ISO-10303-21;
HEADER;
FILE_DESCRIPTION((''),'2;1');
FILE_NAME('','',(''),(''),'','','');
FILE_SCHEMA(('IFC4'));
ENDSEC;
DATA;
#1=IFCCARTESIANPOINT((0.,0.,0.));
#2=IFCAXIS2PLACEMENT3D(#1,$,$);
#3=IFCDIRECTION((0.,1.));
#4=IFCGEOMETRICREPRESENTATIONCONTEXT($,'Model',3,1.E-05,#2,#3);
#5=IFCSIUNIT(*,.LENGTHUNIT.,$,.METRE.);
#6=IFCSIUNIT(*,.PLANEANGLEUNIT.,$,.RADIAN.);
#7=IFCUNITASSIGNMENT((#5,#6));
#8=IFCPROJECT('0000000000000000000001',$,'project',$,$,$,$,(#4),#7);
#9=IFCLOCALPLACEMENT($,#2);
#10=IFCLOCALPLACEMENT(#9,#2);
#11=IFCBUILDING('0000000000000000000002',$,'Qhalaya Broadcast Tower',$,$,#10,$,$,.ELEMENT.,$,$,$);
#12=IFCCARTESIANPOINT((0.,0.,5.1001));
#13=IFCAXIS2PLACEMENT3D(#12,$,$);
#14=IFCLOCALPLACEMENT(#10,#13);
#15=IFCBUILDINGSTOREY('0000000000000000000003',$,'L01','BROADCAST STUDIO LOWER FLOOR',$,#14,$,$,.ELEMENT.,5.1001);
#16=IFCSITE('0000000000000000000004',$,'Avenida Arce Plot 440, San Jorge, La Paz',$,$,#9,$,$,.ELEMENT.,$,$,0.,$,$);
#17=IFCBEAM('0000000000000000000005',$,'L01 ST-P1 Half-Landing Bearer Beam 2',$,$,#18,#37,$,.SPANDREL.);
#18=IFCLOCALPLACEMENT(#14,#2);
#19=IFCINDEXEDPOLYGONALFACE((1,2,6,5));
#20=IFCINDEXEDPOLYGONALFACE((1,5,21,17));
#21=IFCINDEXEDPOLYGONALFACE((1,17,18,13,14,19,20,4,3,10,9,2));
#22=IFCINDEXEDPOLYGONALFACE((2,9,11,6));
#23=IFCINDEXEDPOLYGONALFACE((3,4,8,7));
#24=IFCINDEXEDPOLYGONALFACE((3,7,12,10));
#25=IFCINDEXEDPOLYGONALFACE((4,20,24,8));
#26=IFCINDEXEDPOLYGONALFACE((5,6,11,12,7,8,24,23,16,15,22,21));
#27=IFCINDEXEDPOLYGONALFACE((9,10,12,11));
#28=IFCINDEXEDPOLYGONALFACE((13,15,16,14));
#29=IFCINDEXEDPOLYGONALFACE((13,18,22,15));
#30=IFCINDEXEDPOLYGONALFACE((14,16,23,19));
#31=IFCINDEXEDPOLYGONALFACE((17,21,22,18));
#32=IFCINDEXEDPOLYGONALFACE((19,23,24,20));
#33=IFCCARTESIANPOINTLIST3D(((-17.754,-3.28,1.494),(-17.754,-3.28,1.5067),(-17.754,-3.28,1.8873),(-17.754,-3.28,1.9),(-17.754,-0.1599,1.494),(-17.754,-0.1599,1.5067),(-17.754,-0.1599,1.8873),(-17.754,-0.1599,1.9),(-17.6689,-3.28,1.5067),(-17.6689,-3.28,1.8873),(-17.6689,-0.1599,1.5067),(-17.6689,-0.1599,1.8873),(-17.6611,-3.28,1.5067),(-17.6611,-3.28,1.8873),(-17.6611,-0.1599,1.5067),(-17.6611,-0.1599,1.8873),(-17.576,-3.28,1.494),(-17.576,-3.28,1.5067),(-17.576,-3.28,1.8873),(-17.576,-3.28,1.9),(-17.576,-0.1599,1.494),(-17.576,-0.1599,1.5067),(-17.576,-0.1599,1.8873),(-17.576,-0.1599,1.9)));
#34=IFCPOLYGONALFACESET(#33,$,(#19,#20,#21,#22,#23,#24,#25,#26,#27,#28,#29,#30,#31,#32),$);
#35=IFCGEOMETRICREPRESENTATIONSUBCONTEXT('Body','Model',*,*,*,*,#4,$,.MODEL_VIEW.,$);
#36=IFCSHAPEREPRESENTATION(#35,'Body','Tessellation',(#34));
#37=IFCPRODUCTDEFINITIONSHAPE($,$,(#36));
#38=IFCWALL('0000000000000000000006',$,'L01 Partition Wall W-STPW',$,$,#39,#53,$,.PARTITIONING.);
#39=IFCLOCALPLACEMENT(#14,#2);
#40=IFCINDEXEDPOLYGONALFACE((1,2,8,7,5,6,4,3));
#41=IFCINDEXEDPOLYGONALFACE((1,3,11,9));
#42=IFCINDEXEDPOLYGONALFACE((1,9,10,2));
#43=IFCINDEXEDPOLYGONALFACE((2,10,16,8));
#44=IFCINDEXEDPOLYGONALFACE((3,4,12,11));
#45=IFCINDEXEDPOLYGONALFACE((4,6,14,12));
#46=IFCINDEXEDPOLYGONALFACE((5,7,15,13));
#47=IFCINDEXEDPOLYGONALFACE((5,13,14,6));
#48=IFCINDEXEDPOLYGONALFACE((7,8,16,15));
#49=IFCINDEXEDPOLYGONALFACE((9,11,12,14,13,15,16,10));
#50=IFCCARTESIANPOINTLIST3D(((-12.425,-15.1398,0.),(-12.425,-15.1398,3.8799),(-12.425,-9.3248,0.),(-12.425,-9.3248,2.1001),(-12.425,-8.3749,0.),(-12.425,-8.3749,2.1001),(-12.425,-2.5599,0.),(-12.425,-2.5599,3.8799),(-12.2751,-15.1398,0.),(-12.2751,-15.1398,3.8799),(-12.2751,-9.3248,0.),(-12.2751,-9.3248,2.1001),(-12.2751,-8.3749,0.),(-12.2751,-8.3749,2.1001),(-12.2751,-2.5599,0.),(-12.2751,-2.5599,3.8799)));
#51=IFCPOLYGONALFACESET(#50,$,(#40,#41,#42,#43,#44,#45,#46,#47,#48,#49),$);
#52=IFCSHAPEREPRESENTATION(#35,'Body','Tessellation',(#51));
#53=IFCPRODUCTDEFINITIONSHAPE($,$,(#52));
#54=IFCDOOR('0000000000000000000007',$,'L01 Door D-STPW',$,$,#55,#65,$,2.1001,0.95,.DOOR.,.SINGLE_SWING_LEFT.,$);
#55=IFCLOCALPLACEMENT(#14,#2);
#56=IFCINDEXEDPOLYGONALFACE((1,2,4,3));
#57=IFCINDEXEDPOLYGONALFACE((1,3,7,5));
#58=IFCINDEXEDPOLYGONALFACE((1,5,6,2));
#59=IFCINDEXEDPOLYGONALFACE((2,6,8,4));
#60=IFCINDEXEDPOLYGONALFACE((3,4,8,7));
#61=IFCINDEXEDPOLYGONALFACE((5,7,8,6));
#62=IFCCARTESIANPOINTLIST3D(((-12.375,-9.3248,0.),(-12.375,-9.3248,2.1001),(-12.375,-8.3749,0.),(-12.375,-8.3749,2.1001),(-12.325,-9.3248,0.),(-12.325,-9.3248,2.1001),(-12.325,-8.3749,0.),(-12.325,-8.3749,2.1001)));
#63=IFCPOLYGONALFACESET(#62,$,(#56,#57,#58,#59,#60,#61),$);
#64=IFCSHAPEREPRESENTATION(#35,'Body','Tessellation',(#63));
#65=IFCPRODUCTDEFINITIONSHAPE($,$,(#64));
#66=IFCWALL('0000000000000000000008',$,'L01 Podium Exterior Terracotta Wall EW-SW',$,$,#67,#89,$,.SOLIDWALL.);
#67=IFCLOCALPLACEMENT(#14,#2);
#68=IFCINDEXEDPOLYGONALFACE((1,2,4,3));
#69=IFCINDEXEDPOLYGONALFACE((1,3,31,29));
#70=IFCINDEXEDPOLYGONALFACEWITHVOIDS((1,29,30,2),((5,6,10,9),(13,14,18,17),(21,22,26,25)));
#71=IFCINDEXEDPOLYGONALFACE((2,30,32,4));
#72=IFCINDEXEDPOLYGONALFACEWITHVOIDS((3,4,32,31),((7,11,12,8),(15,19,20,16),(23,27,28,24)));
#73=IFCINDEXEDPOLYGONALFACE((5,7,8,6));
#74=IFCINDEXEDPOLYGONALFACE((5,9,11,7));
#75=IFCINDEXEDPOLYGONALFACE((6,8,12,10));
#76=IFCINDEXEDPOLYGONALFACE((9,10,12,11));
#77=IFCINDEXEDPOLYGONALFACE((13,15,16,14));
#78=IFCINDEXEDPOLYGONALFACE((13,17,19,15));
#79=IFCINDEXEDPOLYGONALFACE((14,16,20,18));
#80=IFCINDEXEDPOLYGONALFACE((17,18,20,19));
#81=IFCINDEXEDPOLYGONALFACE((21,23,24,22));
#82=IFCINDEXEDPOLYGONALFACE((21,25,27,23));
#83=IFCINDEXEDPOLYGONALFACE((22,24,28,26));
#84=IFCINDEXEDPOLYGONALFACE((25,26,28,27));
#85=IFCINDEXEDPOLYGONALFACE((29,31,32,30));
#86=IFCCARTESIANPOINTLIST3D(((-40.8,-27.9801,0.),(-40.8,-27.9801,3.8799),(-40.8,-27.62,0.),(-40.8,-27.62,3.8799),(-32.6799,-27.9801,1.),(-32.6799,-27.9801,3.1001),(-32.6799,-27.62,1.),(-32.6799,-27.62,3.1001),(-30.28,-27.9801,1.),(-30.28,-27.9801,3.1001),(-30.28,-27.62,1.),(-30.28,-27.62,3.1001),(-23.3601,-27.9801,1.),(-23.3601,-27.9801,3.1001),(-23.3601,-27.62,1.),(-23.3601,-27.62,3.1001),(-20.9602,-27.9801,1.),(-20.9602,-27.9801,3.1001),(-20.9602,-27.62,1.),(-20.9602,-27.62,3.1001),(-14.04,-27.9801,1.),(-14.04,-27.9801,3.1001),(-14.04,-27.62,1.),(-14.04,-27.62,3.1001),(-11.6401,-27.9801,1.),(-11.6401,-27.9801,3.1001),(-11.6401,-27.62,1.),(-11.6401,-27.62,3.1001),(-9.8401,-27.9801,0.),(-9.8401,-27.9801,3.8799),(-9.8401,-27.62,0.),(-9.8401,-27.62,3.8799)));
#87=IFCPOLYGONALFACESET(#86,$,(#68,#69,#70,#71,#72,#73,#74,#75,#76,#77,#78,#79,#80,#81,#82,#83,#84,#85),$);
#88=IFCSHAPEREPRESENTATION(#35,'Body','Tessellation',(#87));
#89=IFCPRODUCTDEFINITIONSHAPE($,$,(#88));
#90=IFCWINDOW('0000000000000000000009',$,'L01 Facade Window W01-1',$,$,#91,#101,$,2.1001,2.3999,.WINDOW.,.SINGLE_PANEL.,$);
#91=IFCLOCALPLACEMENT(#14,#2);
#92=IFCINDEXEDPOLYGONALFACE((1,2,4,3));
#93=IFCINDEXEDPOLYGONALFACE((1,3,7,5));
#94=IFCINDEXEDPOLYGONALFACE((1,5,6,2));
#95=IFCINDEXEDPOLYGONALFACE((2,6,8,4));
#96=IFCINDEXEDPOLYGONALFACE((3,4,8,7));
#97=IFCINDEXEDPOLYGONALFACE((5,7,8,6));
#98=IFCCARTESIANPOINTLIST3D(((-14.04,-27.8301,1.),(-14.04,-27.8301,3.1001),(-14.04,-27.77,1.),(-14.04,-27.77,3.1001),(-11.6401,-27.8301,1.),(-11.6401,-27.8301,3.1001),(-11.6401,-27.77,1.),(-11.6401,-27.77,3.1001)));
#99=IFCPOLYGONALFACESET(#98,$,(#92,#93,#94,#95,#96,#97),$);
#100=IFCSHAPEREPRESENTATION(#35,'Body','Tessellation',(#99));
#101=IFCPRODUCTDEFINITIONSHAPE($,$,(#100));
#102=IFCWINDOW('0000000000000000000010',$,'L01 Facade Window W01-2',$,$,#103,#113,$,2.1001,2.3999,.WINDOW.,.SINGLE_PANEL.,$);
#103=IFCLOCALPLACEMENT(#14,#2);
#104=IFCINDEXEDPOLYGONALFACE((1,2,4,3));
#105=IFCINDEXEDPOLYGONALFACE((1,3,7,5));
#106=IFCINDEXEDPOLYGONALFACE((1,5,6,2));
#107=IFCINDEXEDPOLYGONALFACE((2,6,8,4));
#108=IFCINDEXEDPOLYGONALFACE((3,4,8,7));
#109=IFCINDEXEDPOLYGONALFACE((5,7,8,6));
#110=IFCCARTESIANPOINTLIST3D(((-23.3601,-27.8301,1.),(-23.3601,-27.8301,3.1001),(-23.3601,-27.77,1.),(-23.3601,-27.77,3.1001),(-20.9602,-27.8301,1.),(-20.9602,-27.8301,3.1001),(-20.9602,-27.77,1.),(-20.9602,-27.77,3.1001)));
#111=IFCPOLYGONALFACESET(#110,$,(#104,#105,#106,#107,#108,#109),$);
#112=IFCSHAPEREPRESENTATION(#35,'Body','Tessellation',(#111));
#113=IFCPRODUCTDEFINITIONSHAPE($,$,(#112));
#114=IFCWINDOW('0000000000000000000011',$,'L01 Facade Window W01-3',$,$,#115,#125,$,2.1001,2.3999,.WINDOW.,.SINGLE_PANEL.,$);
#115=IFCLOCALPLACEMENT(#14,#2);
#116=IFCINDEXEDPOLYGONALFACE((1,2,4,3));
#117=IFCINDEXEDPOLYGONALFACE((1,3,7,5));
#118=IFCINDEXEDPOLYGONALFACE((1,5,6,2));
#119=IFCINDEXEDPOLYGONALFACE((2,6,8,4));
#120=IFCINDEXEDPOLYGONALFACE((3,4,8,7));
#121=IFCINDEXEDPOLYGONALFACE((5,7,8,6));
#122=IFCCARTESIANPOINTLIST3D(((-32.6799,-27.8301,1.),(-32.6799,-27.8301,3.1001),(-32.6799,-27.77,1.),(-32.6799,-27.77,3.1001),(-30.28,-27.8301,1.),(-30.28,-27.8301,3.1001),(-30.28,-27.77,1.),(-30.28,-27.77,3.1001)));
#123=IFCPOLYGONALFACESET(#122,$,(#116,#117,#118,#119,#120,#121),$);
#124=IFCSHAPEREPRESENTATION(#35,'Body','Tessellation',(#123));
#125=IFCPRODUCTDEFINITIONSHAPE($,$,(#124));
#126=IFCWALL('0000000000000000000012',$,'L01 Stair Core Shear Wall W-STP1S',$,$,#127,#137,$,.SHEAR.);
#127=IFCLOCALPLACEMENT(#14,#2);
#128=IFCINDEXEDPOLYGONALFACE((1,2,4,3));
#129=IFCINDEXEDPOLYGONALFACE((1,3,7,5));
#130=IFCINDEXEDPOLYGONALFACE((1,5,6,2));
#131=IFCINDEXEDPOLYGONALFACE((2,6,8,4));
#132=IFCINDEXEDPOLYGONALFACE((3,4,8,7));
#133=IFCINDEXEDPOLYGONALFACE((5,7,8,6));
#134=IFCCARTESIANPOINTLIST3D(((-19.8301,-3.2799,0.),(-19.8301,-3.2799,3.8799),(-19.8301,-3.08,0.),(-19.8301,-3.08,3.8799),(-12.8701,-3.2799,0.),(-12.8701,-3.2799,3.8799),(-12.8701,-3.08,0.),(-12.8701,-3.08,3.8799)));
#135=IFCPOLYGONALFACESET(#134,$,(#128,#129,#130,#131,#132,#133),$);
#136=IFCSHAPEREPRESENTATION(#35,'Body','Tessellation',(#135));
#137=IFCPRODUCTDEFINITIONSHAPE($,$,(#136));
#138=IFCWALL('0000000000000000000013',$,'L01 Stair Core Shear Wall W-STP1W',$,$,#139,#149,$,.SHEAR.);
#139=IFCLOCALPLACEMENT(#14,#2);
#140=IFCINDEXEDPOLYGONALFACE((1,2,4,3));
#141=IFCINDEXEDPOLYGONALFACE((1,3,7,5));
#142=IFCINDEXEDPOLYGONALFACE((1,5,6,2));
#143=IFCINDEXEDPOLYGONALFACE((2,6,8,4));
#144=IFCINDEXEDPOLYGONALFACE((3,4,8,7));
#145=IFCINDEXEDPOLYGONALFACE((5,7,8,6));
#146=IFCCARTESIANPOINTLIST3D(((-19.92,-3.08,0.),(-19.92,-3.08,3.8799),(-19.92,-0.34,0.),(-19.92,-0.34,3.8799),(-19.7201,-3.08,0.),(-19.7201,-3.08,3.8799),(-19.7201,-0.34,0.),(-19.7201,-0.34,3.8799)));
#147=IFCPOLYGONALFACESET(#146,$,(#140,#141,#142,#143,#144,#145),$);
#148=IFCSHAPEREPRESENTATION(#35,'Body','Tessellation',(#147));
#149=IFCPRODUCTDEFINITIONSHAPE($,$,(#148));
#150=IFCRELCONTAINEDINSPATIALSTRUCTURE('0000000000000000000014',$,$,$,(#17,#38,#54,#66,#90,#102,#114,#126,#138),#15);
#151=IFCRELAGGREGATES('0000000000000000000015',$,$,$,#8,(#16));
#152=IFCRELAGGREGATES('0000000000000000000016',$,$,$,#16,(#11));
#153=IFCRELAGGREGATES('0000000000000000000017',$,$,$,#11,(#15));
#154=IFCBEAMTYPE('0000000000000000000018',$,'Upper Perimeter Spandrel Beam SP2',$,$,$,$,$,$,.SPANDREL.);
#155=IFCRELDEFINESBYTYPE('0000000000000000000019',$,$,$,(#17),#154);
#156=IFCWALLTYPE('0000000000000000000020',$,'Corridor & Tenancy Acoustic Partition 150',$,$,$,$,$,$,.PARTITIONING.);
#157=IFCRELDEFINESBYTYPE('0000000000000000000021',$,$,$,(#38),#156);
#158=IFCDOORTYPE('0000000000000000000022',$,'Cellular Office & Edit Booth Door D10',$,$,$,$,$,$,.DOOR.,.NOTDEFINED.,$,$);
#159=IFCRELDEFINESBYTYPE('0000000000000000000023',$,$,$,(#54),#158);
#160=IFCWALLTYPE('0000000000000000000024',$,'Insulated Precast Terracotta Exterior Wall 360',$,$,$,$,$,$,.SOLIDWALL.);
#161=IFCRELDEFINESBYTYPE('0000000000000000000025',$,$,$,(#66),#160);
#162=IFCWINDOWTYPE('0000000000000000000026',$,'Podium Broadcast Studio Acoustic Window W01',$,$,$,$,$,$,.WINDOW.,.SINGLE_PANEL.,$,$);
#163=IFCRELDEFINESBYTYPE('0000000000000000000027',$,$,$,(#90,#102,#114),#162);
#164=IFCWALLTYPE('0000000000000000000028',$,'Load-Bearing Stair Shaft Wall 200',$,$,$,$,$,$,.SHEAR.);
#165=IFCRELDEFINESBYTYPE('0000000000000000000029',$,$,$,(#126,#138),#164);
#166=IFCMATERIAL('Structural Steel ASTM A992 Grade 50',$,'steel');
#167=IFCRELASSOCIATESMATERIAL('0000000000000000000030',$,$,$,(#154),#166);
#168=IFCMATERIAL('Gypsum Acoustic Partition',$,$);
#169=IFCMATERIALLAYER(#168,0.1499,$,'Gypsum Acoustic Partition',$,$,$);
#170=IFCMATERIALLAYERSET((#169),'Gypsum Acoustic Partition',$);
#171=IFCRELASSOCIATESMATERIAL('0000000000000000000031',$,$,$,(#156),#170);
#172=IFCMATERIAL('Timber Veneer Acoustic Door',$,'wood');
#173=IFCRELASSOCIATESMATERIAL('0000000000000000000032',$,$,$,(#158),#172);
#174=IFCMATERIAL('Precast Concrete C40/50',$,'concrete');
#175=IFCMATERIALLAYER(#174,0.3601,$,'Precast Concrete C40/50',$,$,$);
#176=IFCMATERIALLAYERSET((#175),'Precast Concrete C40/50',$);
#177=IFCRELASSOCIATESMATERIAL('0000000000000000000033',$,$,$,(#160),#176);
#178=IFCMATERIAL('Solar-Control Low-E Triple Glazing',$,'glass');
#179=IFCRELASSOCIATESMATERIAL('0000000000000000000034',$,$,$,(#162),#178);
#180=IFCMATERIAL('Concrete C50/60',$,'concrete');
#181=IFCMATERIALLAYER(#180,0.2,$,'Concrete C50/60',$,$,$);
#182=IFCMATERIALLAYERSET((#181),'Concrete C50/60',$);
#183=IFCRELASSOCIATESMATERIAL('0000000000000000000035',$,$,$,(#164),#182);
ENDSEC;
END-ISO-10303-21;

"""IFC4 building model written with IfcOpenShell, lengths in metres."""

from ifc_helpers import new_model, si_unit, direction, frame, frame_2d, origin, origin_2d, place, context, subcontext, project, spatial, rectangle, i_section, extrude, material, layer, layer_set, material_profile, profile_set, type_object, element, fill, save


model = new_model("IFC4")

# Units and contexts
model_context = context("Model", 3, precision=1e-05, world=origin(), true_north=direction((0.0, 1.0)))
body_context = subcontext(model_context, "Body", "Model", "MODEL_VIEW")
ifc_project = project(units=[si_unit("LENGTHUNIT", "METRE"), si_unit("PLANEANGLEUNIT", "RADIAN")], contexts=[model_context])

# Site, building, storey
site_placement = place(None, origin())
site = spatial("IfcSite", under=ifc_project, at=site_placement, Name="Avenida Arce Plot 440, San Jorge, La Paz", CompositionType="ELEMENT", RefElevation=0.0)
building_placement = place(site_placement, origin())
building = spatial("IfcBuilding", under=site, at=building_placement, Name="Qhalaya Broadcast Tower", CompositionType="ELEMENT")
storey_placement = place(building_placement, frame((0.0, 0.0, 5.1001)))
storey = spatial("IfcBuildingStorey", under=building, at=storey_placement, Name="L01", Description="BROADCAST STUDIO LOWER FLOOR", CompositionType="ELEMENT", Elevation=5.1001)

# Beam
ifc_material_1 = material(Name="Structural Steel ASTM A992 Grade 50", Category="steel")
ifc_material_profile_1 = material_profile(ifc_material_1, i_section(OverallWidth=0.178, OverallDepth=0.406, WebThickness=0.0078, FlangeThickness=0.0127, at=origin_2d()), Name="W16X40")
ifc_profile_set_1 = profile_set([ifc_material_profile_1], Name="Structural Steel ASTM A992 Grade 50")
beam_type_1 = type_object("IfcBeamType", Name="Upper Perimeter Spandrel Beam SP2", PredefinedType="SPANDREL", material=ifc_profile_set_1)
for number, where, z_axis, x_axis, name in (
    (1, (-17.665, -3.28, 1.697), (0.0, 1.0, 0.0), (-1.0, 0.0, 0.0), "L01 ST-P1 Half-Landing Bearer Beam 2"),
):
    element("IfcBeam", number, at=place(storey_placement, frame(where, z_axis=z_axis, x_axis=x_axis)), inside=storey, type_object=beam_type_1, Name=name, PredefinedType="SPANDREL", context=body_context, shape_type="SweptSolid", body=[
        extrude(i_section(OverallWidth=0.178, OverallDepth=0.406, WebThickness=0.0078, FlangeThickness=0.0127, at=origin_2d()), origin(), (0.0, 0.0, 1.0), 3.1201),
    ])

# Wall, opening, door
ifc_material_2 = material(Name="Gypsum Acoustic Partition")
ifc_layer_1 = layer(ifc_material_2, 0.1499, Name="Gypsum Acoustic Partition")
ifc_layer_set_1 = layer_set([ifc_layer_1], Name="Gypsum Acoustic Partition")
wall_type_1 = type_object("IfcWallType", Name="Corridor & Tenancy Acoustic Partition 150", PredefinedType="PARTITIONING", material=ifc_layer_set_1)
wall_1_placement = place(storey_placement, frame((-12.3501, -15.1399, 0.0), z_axis=(0.0, 0.0, 1.0), x_axis=(0.0, 1.0, 0.0)))
wall_1 = element("IfcWall", 2, at=wall_1_placement, inside=storey, type_object=wall_type_1, Name="L01 Partition Wall W-STPW", PredefinedType="PARTITIONING", context=body_context, shape_type="SweptSolid", body=[
    extrude(rectangle(XDim=12.5798, YDim=0.1499, at=frame_2d((6.29, 0.0))), origin(), (0.0, 0.0, 1.0), 3.8799),
])
opening_1_placement = place(wall_1_placement, frame((5.8149, 0.0, 0.0)))
opening_1 = element("IfcOpeningElement", 3, at=opening_1_placement, cuts=wall_1, PredefinedType="OPENING", context=body_context, shape_type="SweptSolid", body=[
    extrude(rectangle(XDim=0.95, YDim=2.1001, at=frame_2d((0.4751, 1.05))), frame((0.0, 0.0869, 0.0), z_axis=(0.0, -1.0, 0.0), x_axis=(1.0, 0.0, 0.0)), (0.0, 0.0, 1.0), 0.1738),
])
ifc_material_3 = material(Name="Timber Veneer Acoustic Door", Category="wood")
door_type = type_object("IfcDoorType", Name="Cellular Office & Edit Booth Door D10", OperationType="NOTDEFINED", PredefinedType="DOOR", material=ifc_material_3)
door_placement = place(opening_1_placement, origin())
door = element("IfcDoor", 4, at=door_placement, inside=storey, type_object=door_type, Name="L01 Door D-STPW", OperationType="SINGLE_SWING_LEFT", OverallHeight=2.1001, OverallWidth=0.95, PredefinedType="DOOR", context=body_context, shape_type="SweptSolid", body=[
    extrude(rectangle(XDim=0.95, YDim=2.1001, at=frame_2d((0.4751, 1.05))), frame((0.0, 0.0249, 0.0), z_axis=(0.0, -1.0, 0.0), x_axis=(1.0, 0.0, 0.0)), (0.0, 0.0, 1.0), 0.05),
])
fill(opening_1, door)

# Wall, openings, windows
ifc_material_4 = material(Name="Precast Concrete C40/50", Category="concrete")
ifc_layer_2 = layer(ifc_material_4, 0.3601, Name="Precast Concrete C40/50")
ifc_layer_set_2 = layer_set([ifc_layer_2], Name="Precast Concrete C40/50")
wall_type_2 = type_object("IfcWallType", Name="Insulated Precast Terracotta Exterior Wall 360", PredefinedType="SOLIDWALL", material=ifc_layer_set_2)
wall_2_placement = place(storey_placement, frame((-9.8401, -27.8, 0.0), z_axis=(0.0, 0.0, 1.0), x_axis=(-1.0, 0.0, 0.0)))
wall_2 = element("IfcWall", 5, at=wall_2_placement, inside=storey, type_object=wall_type_2, Name="L01 Podium Exterior Terracotta Wall EW-SW", PredefinedType="SOLIDWALL", context=body_context, shape_type="SweptSolid", body=[
    extrude(rectangle(XDim=30.96, YDim=0.3601, at=frame_2d((15.48, 0.0))), origin(), (0.0, 0.0, 1.0), 3.8799),
])
opening_2_placement = place(wall_2_placement, frame((1.8, 0.0, 1.0)))
opening_2 = element("IfcOpeningElement", 6, at=opening_2_placement, cuts=wall_2, PredefinedType="OPENING", context=body_context, shape_type="SweptSolid", body=[
    extrude(rectangle(XDim=2.3999, YDim=2.1001, at=frame_2d((1.2, 1.05))), frame((0.0, 0.1921, 0.0), z_axis=(0.0, -1.0, 0.0), x_axis=(1.0, 0.0, 0.0)), (0.0, 0.0, 1.0), 0.384),
])
opening_3_placement = place(wall_2_placement, frame((11.1201, 0.0, 1.0)))
opening_3 = element("IfcOpeningElement", 7, at=opening_3_placement, cuts=wall_2, PredefinedType="OPENING", context=body_context, shape_type="SweptSolid", body=[
    extrude(rectangle(XDim=2.3999, YDim=2.1001, at=frame_2d((1.2, 1.05))), frame((0.0, 0.1921, 0.0), z_axis=(0.0, -1.0, 0.0), x_axis=(1.0, 0.0, 0.0)), (0.0, 0.0, 1.0), 0.384),
])
opening_4_placement = place(wall_2_placement, frame((20.4399, 0.0, 1.0)))
opening_4 = element("IfcOpeningElement", 8, at=opening_4_placement, cuts=wall_2, PredefinedType="OPENING", context=body_context, shape_type="SweptSolid", body=[
    extrude(rectangle(XDim=2.3999, YDim=2.1001, at=frame_2d((1.2, 1.05))), frame((0.0, 0.1921, 0.0), z_axis=(0.0, -1.0, 0.0), x_axis=(1.0, 0.0, 0.0)), (0.0, 0.0, 1.0), 0.384),
])
ifc_material_5 = material(Name="Solar-Control Low-E Triple Glazing", Category="glass")
window_type = type_object("IfcWindowType", Name="Podium Broadcast Studio Acoustic Window W01", PartitioningType="SINGLE_PANEL", PredefinedType="WINDOW", material=ifc_material_5)
window_1_placement = place(opening_2_placement, origin())
window_1 = element("IfcWindow", 9, at=window_1_placement, inside=storey, type_object=window_type, Name="L01 Facade Window W01-1", OverallHeight=2.1001, OverallWidth=2.3999, PartitioningType="SINGLE_PANEL", PredefinedType="WINDOW", context=body_context, shape_type="SweptSolid", body=[
    extrude(rectangle(XDim=2.3999, YDim=2.1001, at=frame_2d((1.2, 1.05))), frame((0.0, 0.03, 0.0), z_axis=(0.0, -1.0, 0.0), x_axis=(1.0, 0.0, 0.0)), (0.0, 0.0, 1.0), 0.0601),
])
fill(opening_2, window_1)
window_2_placement = place(opening_3_placement, origin())
window_2 = element("IfcWindow", 10, at=window_2_placement, inside=storey, type_object=window_type, Name="L01 Facade Window W01-2", OverallHeight=2.1001, OverallWidth=2.3999, PartitioningType="SINGLE_PANEL", PredefinedType="WINDOW", context=body_context, shape_type="SweptSolid", body=[
    extrude(rectangle(XDim=2.3999, YDim=2.1001, at=frame_2d((1.2, 1.05))), frame((0.0, 0.03, 0.0), z_axis=(0.0, -1.0, 0.0), x_axis=(1.0, 0.0, 0.0)), (0.0, 0.0, 1.0), 0.0601),
])
fill(opening_3, window_2)
window_3_placement = place(opening_4_placement, origin())
window_3 = element("IfcWindow", 11, at=window_3_placement, inside=storey, type_object=window_type, Name="L01 Facade Window W01-3", OverallHeight=2.1001, OverallWidth=2.3999, PartitioningType="SINGLE_PANEL", PredefinedType="WINDOW", context=body_context, shape_type="SweptSolid", body=[
    extrude(rectangle(XDim=2.3999, YDim=2.1001, at=frame_2d((1.2, 1.05))), frame((0.0, 0.03, 0.0), z_axis=(0.0, -1.0, 0.0), x_axis=(1.0, 0.0, 0.0)), (0.0, 0.0, 1.0), 0.0601),
])
fill(opening_4, window_3)

# Walls
ifc_material_6 = material(Name="Concrete C50/60", Category="concrete")
ifc_layer_3 = layer(ifc_material_6, 0.2, Name="Concrete C50/60")
ifc_layer_set_3 = layer_set([ifc_layer_3], Name="Concrete C50/60")
wall_type_3 = type_object("IfcWallType", Name="Load-Bearing Stair Shaft Wall 200", PredefinedType="SHEAR", material=ifc_layer_set_3)
wall_3_placement = place(storey_placement, frame((-19.8301, -3.1799, 0.0), z_axis=(0.0, 0.0, 1.0), x_axis=(1.0, 0.0, 0.0)))
element("IfcWall", 12, at=wall_3_placement, inside=storey, type_object=wall_type_3, Name="L01 Stair Core Shear Wall W-STP1S", PredefinedType="SHEAR", context=body_context, shape_type="SweptSolid", body=[
    extrude(rectangle(XDim=6.96, YDim=0.2, at=frame_2d((3.48, 0.0))), origin(), (0.0, 0.0, 1.0), 3.8799),
])
wall_4_placement = place(storey_placement, frame((-19.8201, -3.0801, 0.0), z_axis=(0.0, 0.0, 1.0), x_axis=(0.0, 1.0, 0.0)))
element("IfcWall", 13, at=wall_4_placement, inside=storey, type_object=wall_type_3, Name="L01 Stair Core Shear Wall W-STP1W", PredefinedType="SHEAR", context=body_context, shape_type="SweptSolid", body=[
    extrude(rectangle(XDim=2.74, YDim=0.2, at=frame_2d((1.3701, 0.0))), origin(), (0.0, 0.0, 1.0), 3.8799),
])

save(model, "model.ifc")
